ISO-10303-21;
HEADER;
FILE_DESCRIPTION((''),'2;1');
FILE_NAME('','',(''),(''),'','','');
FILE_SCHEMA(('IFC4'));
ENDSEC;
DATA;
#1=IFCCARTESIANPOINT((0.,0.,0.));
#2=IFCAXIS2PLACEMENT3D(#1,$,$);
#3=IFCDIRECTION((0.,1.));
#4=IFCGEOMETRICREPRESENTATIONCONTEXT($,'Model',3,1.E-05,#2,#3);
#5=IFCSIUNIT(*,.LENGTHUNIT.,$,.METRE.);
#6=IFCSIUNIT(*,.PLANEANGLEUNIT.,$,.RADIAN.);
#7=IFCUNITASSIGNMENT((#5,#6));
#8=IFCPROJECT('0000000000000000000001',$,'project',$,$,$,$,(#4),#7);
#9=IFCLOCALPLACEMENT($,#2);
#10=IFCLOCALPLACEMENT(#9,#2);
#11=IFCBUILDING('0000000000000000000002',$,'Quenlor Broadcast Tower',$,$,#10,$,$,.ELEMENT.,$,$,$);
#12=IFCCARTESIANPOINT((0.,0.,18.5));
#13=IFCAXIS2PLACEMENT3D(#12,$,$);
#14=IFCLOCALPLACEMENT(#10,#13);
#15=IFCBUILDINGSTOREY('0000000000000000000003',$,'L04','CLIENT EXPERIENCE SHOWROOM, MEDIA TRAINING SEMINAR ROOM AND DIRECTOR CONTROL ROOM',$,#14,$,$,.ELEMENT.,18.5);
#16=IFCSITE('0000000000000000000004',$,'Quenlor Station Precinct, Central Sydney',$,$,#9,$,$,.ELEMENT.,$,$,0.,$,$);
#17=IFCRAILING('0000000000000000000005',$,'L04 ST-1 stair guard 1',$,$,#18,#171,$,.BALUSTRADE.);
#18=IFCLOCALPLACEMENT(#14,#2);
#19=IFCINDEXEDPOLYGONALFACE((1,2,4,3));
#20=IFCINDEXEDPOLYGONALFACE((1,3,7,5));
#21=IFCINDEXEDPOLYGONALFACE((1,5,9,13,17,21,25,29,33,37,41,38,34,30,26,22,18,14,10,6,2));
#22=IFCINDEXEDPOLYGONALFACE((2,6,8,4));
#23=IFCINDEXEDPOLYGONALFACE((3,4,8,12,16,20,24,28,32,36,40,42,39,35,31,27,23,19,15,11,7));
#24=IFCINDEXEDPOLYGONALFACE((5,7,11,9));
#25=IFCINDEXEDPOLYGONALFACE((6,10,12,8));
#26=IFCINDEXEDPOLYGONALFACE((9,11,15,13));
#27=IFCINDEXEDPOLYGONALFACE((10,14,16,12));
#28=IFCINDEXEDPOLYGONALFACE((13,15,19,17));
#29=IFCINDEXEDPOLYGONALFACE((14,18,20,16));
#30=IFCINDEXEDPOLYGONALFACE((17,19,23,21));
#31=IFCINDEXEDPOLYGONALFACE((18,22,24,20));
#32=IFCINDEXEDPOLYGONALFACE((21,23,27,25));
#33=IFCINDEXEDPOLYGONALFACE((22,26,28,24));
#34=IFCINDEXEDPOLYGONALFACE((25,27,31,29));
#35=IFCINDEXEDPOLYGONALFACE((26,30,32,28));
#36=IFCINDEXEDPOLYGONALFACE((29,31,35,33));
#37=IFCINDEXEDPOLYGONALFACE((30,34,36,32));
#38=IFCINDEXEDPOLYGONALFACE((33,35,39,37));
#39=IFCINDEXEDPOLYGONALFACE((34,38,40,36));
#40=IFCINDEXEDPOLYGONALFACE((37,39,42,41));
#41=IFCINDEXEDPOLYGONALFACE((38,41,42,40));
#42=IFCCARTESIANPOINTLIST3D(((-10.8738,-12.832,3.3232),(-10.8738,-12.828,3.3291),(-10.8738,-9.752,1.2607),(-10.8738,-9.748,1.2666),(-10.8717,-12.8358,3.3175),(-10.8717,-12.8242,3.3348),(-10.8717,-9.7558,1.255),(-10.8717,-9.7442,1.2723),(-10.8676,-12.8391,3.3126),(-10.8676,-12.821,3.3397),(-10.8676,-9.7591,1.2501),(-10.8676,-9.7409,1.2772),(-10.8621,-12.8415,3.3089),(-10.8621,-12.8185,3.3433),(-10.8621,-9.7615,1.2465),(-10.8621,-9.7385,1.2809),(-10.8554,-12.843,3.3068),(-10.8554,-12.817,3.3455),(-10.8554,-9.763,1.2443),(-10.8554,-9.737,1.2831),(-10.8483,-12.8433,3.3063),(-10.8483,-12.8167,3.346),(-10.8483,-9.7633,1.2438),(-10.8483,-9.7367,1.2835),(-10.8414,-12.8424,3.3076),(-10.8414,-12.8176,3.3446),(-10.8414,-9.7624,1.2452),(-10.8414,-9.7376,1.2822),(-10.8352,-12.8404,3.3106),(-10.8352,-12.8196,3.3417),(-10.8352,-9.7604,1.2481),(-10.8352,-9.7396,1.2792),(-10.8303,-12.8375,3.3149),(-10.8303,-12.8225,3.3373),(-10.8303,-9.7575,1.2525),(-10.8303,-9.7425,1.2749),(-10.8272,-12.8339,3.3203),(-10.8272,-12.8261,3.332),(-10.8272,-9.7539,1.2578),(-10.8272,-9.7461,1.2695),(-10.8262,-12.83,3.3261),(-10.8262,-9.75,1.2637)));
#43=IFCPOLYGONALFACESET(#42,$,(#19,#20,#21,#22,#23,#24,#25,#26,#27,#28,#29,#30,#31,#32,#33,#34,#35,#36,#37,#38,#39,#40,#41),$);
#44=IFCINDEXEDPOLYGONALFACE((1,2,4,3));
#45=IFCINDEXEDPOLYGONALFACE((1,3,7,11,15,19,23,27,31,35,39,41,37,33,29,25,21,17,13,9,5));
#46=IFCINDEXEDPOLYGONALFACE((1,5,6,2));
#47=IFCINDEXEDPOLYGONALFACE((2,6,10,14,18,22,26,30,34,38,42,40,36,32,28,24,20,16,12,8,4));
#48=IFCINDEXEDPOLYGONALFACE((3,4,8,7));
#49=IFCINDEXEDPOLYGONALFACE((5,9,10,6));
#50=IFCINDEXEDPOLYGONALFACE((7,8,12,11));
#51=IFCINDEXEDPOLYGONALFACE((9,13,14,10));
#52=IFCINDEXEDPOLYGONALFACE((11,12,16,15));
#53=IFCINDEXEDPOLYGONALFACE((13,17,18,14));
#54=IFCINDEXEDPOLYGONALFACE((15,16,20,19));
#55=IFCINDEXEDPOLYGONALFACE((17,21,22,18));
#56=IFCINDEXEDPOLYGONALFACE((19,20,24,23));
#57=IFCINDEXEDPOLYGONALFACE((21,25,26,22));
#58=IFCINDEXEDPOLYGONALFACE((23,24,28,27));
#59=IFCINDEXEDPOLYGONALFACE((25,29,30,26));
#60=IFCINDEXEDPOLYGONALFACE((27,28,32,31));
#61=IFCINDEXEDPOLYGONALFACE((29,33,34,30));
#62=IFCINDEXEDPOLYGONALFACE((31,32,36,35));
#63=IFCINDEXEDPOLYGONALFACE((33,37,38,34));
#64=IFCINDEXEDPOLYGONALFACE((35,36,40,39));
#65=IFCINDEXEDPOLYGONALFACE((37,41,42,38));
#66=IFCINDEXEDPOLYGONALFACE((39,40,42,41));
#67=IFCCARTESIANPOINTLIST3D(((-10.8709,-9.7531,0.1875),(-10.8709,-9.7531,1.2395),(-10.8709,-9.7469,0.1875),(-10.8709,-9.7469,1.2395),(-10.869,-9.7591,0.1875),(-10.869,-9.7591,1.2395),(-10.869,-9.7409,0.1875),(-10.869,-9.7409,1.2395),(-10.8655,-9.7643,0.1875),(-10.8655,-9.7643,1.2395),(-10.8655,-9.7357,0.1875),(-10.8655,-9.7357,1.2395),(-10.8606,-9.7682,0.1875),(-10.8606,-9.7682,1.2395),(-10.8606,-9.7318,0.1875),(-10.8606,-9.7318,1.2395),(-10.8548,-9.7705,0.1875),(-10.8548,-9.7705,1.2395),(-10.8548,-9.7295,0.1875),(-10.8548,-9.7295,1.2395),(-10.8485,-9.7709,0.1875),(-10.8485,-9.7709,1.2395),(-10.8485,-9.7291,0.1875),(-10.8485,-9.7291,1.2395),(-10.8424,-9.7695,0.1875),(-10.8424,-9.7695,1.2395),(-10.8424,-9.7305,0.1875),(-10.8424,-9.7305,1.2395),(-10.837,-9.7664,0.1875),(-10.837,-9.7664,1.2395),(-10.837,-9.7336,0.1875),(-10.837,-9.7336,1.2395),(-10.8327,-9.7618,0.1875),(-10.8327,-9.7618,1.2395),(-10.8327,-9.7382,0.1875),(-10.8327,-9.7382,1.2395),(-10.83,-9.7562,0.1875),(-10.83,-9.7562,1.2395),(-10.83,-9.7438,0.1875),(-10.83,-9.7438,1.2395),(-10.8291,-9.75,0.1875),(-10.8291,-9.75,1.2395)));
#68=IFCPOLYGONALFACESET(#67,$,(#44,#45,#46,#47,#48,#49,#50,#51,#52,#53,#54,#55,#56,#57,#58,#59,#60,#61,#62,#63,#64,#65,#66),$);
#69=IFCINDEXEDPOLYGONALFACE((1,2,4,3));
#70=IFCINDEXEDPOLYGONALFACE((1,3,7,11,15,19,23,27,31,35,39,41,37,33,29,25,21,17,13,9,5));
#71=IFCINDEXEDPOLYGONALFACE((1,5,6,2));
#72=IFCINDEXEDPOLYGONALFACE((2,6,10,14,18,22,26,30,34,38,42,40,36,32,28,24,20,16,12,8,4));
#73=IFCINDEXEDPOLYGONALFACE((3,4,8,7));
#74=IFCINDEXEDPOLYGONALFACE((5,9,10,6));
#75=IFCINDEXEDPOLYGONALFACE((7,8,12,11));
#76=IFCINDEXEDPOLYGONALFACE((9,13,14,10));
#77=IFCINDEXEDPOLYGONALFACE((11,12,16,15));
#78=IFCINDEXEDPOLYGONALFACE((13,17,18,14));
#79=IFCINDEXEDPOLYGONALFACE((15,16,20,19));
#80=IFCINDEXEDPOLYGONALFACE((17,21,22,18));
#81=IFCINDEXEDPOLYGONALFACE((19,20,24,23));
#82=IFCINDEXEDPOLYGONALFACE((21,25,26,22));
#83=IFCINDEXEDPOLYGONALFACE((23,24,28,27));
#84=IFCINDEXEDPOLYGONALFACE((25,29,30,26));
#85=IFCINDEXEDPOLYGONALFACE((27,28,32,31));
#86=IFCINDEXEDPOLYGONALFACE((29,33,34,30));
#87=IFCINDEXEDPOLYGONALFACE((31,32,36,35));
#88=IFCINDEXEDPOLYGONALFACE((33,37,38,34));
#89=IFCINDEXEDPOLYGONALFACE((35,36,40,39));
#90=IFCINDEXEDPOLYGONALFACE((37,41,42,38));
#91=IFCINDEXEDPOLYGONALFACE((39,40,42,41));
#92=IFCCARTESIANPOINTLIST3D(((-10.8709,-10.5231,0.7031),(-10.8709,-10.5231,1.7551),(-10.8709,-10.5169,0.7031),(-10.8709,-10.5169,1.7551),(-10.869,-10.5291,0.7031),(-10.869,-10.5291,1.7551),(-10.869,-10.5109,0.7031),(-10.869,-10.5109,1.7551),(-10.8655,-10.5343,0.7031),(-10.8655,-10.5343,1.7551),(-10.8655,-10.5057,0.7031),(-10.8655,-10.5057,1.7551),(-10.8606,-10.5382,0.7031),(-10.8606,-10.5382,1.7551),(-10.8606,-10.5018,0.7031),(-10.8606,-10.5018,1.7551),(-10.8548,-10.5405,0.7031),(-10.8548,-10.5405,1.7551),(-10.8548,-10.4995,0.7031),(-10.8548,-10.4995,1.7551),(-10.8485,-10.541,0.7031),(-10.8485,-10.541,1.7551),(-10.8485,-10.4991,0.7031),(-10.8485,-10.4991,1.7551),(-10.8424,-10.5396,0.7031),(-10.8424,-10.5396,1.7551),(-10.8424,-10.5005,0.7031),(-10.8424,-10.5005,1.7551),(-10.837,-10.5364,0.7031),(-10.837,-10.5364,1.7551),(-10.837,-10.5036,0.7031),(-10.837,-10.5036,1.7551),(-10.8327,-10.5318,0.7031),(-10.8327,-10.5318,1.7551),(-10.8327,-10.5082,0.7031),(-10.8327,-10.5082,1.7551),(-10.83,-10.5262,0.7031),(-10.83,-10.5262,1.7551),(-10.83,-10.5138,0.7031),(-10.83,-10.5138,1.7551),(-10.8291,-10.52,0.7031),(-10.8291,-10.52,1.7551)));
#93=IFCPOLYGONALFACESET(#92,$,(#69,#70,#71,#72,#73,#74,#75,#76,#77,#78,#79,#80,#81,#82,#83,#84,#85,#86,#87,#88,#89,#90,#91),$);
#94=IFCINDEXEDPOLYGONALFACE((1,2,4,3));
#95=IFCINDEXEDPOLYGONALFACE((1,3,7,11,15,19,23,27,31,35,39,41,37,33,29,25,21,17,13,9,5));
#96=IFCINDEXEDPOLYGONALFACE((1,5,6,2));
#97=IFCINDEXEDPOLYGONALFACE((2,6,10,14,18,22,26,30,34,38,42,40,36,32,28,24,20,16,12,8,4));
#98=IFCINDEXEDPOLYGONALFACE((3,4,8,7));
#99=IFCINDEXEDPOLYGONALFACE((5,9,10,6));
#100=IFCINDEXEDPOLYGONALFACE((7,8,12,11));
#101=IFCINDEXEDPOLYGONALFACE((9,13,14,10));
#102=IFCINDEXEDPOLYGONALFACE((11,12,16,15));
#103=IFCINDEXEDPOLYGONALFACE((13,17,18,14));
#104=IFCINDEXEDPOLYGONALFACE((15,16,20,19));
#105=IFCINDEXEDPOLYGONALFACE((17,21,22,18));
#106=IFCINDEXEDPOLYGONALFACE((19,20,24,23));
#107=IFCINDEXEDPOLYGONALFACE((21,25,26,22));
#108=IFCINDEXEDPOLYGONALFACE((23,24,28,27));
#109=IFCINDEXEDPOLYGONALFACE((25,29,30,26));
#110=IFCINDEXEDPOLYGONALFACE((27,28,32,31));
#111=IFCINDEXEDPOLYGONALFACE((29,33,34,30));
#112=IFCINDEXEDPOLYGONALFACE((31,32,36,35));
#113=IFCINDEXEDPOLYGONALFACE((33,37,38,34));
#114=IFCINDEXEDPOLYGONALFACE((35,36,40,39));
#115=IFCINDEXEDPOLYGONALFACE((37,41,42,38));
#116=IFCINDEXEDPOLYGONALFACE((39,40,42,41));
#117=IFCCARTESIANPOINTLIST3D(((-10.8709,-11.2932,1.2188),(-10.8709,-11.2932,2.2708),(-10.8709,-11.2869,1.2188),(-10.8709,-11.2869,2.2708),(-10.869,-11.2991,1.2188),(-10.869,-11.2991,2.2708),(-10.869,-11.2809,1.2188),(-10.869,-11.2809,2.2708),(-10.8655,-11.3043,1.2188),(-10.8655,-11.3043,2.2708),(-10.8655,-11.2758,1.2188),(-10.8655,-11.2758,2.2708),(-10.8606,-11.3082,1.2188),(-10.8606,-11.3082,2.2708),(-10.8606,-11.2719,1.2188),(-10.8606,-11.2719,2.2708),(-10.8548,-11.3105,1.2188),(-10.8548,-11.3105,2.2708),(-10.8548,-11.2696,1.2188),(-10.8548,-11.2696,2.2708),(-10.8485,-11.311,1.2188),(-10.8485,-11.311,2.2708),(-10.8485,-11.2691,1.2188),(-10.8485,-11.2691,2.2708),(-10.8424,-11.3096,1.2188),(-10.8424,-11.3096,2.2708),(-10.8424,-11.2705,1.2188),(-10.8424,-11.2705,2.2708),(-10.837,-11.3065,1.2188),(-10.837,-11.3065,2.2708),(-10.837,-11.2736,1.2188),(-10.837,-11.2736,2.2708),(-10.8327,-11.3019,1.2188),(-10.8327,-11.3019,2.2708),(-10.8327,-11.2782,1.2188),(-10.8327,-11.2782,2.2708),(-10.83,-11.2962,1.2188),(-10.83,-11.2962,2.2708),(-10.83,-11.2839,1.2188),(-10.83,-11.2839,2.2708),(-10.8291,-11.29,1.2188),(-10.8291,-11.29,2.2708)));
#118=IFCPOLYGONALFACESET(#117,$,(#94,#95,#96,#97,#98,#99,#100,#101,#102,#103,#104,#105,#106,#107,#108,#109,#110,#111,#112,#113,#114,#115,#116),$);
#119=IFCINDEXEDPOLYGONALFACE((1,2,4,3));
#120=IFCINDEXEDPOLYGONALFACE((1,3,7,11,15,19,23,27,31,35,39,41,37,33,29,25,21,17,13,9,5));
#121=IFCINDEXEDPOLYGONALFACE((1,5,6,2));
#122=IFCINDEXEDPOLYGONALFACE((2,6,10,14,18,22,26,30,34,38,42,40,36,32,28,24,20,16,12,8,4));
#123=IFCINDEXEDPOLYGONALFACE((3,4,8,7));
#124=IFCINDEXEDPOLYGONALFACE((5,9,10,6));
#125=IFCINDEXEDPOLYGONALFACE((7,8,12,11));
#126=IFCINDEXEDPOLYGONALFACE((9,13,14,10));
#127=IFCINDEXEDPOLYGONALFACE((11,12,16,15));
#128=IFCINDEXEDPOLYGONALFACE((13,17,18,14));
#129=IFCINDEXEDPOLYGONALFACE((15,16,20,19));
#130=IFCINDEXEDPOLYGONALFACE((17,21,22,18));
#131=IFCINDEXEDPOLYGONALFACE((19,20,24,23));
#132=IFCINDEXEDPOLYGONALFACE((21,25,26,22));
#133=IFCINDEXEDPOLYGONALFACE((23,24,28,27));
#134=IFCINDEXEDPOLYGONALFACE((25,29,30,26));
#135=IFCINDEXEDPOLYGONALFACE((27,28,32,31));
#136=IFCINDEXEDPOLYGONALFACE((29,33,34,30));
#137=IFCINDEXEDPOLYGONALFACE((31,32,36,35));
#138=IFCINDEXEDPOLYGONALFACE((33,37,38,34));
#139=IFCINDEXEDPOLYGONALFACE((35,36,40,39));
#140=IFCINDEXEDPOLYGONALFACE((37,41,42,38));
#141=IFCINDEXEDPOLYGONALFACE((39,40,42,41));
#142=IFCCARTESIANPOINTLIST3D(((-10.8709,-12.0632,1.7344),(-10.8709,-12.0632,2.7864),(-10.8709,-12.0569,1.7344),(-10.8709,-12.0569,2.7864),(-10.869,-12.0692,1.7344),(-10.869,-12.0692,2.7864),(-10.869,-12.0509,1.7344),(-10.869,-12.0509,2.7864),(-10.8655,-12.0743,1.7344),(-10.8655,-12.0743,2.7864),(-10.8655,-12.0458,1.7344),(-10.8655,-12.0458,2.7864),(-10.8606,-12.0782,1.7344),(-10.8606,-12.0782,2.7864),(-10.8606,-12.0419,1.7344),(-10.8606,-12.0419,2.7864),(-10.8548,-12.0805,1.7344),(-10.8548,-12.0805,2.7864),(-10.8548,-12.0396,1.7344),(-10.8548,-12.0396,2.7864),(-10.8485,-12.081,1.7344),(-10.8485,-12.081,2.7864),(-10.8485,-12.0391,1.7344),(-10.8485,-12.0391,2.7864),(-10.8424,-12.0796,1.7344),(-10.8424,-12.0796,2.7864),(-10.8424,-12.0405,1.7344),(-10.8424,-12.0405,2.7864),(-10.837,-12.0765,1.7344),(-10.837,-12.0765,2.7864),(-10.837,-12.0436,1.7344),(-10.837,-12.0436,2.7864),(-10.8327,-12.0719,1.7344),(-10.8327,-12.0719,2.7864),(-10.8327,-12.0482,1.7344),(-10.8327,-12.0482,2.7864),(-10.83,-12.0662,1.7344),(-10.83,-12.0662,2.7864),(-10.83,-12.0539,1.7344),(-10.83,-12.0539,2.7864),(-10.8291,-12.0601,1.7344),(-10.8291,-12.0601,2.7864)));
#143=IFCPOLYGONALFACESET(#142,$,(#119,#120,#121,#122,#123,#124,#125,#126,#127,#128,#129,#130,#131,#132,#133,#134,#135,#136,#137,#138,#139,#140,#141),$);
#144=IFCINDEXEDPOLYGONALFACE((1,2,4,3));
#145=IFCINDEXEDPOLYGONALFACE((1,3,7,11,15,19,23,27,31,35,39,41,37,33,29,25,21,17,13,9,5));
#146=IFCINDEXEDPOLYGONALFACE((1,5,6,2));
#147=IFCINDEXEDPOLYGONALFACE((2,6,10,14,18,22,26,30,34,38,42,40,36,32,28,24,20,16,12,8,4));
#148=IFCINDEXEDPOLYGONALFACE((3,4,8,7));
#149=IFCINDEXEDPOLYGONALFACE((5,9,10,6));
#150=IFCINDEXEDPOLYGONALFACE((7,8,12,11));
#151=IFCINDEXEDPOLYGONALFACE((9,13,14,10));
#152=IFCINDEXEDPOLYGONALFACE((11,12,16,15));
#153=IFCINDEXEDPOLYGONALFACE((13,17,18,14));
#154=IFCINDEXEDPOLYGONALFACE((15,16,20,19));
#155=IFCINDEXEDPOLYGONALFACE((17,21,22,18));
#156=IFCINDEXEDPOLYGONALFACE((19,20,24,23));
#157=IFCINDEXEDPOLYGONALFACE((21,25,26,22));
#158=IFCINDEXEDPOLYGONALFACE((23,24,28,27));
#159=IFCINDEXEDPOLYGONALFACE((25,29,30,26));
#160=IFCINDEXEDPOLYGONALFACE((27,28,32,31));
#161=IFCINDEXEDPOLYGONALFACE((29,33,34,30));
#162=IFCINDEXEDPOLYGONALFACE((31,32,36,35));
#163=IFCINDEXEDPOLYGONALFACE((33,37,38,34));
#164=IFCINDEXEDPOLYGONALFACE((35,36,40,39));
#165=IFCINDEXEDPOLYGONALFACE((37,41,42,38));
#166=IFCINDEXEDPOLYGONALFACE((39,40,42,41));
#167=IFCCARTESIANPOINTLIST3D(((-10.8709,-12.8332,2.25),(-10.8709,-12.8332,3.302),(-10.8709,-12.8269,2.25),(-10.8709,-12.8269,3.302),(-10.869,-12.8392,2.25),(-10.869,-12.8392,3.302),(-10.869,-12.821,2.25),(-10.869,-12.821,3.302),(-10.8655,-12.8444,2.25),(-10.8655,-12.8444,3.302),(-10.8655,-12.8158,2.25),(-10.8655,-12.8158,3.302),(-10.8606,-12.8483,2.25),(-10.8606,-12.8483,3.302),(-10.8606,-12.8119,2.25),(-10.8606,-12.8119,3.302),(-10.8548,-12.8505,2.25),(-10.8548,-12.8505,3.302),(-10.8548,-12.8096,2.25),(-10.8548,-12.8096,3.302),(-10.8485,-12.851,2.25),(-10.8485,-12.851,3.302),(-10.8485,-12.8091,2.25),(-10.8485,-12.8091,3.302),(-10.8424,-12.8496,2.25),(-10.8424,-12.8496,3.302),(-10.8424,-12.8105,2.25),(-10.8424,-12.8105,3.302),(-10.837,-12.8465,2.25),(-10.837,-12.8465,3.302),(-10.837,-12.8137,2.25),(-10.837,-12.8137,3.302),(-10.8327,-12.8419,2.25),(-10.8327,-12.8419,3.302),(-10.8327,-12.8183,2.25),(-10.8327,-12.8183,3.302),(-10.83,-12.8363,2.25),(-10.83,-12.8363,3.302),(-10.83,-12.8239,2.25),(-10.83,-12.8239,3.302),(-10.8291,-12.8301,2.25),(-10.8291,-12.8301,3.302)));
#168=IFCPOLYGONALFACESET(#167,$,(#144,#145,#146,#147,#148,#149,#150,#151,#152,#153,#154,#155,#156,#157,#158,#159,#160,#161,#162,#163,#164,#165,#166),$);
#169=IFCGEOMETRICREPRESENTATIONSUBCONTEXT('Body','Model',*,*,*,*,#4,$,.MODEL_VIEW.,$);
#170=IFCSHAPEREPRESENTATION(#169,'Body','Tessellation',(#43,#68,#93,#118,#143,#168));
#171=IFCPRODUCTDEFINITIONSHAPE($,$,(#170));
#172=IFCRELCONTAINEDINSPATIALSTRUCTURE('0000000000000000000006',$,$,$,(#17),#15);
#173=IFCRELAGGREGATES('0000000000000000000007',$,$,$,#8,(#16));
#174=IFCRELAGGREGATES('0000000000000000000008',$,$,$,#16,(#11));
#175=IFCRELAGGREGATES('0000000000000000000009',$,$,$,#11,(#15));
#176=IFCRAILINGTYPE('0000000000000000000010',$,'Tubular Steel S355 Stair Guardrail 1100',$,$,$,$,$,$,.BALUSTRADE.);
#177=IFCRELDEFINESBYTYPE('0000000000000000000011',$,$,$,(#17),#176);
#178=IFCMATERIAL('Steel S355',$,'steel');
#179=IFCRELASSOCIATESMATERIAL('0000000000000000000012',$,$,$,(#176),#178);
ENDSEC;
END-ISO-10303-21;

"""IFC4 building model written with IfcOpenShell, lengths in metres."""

from ifc_helpers import new_model, si_unit, direction, frame, origin, origin_2d, place, context, subcontext, project, spatial, circle, extrude, material, type_object, element, save


model = new_model("IFC4")

# Units and contexts
model_context = context("Model", 3, precision=1e-05, world=origin(), true_north=direction((0.0, 1.0)))
body_context = subcontext(model_context, "Body", "Model", "MODEL_VIEW")
ifc_project = project(units=[si_unit("LENGTHUNIT", "METRE"), si_unit("PLANEANGLEUNIT", "RADIAN")], contexts=[model_context])

# Site, building, storey
site_placement = place(None, origin())
site = spatial("IfcSite", under=ifc_project, at=site_placement, Name="Quenlor Station Precinct, Central Sydney", CompositionType="ELEMENT", RefElevation=0.0)
building_placement = place(site_placement, origin())
building = spatial("IfcBuilding", under=site, at=building_placement, Name="Quenlor Broadcast Tower", CompositionType="ELEMENT")
storey_placement = place(building_placement, frame((0.0, 0.0, 18.5)))
storey = spatial("IfcBuildingStorey", under=building, at=storey_placement, Name="L04", Description="CLIENT EXPERIENCE SHOWROOM, MEDIA TRAINING SEMINAR ROOM AND DIRECTOR CONTROL ROOM", CompositionType="ELEMENT", Elevation=18.5)

# Railing
ifc_material_1 = material(Name="Steel S355", Category="steel")
railing_type_1 = type_object("IfcRailingType", Name="Tubular Steel S355 Stair Guardrail 1100", PredefinedType="BALUSTRADE", material=ifc_material_1)
railing_1_placement = place(storey_placement, frame((-10.8501, -9.75, 0.1875)))
element("IfcRailing", 1, at=railing_1_placement, inside=storey, type_object=railing_type_1, Name="L04 ST-1 stair guard 1", PredefinedType="BALUSTRADE", context=body_context, shape_type="SweptSolid", body=[
    extrude(circle(Radius=0.0239, at=origin_2d()), frame((0.0, 0.0, 1.0762), z_axis=(0.0, -0.830914, 0.556401), x_axis=(1.0, 0.0, 0.0)), (0.0, 0.0, 1.0), 3.7068),
    extrude(circle(Radius=0.021, at=origin_2d()), origin(), (0.0, 0.0, 1.0), 1.052),
    extrude(circle(Radius=0.021, at=origin_2d()), frame((0.0, -0.77, 0.5156)), (0.0, 0.0, 1.0), 1.052),
    extrude(circle(Radius=0.021, at=origin_2d()), frame((0.0, -1.54, 1.0312)), (0.0, 0.0, 1.0), 1.052),
    extrude(circle(Radius=0.021, at=origin_2d()), frame((0.0, -2.3101, 1.5469)), (0.0, 0.0, 1.0), 1.052),
    extrude(circle(Radius=0.021, at=origin_2d()), frame((0.0, -3.0801, 2.0625)), (0.0, 0.0, 1.0), 1.052),
])

save(model, "model.ifc")
